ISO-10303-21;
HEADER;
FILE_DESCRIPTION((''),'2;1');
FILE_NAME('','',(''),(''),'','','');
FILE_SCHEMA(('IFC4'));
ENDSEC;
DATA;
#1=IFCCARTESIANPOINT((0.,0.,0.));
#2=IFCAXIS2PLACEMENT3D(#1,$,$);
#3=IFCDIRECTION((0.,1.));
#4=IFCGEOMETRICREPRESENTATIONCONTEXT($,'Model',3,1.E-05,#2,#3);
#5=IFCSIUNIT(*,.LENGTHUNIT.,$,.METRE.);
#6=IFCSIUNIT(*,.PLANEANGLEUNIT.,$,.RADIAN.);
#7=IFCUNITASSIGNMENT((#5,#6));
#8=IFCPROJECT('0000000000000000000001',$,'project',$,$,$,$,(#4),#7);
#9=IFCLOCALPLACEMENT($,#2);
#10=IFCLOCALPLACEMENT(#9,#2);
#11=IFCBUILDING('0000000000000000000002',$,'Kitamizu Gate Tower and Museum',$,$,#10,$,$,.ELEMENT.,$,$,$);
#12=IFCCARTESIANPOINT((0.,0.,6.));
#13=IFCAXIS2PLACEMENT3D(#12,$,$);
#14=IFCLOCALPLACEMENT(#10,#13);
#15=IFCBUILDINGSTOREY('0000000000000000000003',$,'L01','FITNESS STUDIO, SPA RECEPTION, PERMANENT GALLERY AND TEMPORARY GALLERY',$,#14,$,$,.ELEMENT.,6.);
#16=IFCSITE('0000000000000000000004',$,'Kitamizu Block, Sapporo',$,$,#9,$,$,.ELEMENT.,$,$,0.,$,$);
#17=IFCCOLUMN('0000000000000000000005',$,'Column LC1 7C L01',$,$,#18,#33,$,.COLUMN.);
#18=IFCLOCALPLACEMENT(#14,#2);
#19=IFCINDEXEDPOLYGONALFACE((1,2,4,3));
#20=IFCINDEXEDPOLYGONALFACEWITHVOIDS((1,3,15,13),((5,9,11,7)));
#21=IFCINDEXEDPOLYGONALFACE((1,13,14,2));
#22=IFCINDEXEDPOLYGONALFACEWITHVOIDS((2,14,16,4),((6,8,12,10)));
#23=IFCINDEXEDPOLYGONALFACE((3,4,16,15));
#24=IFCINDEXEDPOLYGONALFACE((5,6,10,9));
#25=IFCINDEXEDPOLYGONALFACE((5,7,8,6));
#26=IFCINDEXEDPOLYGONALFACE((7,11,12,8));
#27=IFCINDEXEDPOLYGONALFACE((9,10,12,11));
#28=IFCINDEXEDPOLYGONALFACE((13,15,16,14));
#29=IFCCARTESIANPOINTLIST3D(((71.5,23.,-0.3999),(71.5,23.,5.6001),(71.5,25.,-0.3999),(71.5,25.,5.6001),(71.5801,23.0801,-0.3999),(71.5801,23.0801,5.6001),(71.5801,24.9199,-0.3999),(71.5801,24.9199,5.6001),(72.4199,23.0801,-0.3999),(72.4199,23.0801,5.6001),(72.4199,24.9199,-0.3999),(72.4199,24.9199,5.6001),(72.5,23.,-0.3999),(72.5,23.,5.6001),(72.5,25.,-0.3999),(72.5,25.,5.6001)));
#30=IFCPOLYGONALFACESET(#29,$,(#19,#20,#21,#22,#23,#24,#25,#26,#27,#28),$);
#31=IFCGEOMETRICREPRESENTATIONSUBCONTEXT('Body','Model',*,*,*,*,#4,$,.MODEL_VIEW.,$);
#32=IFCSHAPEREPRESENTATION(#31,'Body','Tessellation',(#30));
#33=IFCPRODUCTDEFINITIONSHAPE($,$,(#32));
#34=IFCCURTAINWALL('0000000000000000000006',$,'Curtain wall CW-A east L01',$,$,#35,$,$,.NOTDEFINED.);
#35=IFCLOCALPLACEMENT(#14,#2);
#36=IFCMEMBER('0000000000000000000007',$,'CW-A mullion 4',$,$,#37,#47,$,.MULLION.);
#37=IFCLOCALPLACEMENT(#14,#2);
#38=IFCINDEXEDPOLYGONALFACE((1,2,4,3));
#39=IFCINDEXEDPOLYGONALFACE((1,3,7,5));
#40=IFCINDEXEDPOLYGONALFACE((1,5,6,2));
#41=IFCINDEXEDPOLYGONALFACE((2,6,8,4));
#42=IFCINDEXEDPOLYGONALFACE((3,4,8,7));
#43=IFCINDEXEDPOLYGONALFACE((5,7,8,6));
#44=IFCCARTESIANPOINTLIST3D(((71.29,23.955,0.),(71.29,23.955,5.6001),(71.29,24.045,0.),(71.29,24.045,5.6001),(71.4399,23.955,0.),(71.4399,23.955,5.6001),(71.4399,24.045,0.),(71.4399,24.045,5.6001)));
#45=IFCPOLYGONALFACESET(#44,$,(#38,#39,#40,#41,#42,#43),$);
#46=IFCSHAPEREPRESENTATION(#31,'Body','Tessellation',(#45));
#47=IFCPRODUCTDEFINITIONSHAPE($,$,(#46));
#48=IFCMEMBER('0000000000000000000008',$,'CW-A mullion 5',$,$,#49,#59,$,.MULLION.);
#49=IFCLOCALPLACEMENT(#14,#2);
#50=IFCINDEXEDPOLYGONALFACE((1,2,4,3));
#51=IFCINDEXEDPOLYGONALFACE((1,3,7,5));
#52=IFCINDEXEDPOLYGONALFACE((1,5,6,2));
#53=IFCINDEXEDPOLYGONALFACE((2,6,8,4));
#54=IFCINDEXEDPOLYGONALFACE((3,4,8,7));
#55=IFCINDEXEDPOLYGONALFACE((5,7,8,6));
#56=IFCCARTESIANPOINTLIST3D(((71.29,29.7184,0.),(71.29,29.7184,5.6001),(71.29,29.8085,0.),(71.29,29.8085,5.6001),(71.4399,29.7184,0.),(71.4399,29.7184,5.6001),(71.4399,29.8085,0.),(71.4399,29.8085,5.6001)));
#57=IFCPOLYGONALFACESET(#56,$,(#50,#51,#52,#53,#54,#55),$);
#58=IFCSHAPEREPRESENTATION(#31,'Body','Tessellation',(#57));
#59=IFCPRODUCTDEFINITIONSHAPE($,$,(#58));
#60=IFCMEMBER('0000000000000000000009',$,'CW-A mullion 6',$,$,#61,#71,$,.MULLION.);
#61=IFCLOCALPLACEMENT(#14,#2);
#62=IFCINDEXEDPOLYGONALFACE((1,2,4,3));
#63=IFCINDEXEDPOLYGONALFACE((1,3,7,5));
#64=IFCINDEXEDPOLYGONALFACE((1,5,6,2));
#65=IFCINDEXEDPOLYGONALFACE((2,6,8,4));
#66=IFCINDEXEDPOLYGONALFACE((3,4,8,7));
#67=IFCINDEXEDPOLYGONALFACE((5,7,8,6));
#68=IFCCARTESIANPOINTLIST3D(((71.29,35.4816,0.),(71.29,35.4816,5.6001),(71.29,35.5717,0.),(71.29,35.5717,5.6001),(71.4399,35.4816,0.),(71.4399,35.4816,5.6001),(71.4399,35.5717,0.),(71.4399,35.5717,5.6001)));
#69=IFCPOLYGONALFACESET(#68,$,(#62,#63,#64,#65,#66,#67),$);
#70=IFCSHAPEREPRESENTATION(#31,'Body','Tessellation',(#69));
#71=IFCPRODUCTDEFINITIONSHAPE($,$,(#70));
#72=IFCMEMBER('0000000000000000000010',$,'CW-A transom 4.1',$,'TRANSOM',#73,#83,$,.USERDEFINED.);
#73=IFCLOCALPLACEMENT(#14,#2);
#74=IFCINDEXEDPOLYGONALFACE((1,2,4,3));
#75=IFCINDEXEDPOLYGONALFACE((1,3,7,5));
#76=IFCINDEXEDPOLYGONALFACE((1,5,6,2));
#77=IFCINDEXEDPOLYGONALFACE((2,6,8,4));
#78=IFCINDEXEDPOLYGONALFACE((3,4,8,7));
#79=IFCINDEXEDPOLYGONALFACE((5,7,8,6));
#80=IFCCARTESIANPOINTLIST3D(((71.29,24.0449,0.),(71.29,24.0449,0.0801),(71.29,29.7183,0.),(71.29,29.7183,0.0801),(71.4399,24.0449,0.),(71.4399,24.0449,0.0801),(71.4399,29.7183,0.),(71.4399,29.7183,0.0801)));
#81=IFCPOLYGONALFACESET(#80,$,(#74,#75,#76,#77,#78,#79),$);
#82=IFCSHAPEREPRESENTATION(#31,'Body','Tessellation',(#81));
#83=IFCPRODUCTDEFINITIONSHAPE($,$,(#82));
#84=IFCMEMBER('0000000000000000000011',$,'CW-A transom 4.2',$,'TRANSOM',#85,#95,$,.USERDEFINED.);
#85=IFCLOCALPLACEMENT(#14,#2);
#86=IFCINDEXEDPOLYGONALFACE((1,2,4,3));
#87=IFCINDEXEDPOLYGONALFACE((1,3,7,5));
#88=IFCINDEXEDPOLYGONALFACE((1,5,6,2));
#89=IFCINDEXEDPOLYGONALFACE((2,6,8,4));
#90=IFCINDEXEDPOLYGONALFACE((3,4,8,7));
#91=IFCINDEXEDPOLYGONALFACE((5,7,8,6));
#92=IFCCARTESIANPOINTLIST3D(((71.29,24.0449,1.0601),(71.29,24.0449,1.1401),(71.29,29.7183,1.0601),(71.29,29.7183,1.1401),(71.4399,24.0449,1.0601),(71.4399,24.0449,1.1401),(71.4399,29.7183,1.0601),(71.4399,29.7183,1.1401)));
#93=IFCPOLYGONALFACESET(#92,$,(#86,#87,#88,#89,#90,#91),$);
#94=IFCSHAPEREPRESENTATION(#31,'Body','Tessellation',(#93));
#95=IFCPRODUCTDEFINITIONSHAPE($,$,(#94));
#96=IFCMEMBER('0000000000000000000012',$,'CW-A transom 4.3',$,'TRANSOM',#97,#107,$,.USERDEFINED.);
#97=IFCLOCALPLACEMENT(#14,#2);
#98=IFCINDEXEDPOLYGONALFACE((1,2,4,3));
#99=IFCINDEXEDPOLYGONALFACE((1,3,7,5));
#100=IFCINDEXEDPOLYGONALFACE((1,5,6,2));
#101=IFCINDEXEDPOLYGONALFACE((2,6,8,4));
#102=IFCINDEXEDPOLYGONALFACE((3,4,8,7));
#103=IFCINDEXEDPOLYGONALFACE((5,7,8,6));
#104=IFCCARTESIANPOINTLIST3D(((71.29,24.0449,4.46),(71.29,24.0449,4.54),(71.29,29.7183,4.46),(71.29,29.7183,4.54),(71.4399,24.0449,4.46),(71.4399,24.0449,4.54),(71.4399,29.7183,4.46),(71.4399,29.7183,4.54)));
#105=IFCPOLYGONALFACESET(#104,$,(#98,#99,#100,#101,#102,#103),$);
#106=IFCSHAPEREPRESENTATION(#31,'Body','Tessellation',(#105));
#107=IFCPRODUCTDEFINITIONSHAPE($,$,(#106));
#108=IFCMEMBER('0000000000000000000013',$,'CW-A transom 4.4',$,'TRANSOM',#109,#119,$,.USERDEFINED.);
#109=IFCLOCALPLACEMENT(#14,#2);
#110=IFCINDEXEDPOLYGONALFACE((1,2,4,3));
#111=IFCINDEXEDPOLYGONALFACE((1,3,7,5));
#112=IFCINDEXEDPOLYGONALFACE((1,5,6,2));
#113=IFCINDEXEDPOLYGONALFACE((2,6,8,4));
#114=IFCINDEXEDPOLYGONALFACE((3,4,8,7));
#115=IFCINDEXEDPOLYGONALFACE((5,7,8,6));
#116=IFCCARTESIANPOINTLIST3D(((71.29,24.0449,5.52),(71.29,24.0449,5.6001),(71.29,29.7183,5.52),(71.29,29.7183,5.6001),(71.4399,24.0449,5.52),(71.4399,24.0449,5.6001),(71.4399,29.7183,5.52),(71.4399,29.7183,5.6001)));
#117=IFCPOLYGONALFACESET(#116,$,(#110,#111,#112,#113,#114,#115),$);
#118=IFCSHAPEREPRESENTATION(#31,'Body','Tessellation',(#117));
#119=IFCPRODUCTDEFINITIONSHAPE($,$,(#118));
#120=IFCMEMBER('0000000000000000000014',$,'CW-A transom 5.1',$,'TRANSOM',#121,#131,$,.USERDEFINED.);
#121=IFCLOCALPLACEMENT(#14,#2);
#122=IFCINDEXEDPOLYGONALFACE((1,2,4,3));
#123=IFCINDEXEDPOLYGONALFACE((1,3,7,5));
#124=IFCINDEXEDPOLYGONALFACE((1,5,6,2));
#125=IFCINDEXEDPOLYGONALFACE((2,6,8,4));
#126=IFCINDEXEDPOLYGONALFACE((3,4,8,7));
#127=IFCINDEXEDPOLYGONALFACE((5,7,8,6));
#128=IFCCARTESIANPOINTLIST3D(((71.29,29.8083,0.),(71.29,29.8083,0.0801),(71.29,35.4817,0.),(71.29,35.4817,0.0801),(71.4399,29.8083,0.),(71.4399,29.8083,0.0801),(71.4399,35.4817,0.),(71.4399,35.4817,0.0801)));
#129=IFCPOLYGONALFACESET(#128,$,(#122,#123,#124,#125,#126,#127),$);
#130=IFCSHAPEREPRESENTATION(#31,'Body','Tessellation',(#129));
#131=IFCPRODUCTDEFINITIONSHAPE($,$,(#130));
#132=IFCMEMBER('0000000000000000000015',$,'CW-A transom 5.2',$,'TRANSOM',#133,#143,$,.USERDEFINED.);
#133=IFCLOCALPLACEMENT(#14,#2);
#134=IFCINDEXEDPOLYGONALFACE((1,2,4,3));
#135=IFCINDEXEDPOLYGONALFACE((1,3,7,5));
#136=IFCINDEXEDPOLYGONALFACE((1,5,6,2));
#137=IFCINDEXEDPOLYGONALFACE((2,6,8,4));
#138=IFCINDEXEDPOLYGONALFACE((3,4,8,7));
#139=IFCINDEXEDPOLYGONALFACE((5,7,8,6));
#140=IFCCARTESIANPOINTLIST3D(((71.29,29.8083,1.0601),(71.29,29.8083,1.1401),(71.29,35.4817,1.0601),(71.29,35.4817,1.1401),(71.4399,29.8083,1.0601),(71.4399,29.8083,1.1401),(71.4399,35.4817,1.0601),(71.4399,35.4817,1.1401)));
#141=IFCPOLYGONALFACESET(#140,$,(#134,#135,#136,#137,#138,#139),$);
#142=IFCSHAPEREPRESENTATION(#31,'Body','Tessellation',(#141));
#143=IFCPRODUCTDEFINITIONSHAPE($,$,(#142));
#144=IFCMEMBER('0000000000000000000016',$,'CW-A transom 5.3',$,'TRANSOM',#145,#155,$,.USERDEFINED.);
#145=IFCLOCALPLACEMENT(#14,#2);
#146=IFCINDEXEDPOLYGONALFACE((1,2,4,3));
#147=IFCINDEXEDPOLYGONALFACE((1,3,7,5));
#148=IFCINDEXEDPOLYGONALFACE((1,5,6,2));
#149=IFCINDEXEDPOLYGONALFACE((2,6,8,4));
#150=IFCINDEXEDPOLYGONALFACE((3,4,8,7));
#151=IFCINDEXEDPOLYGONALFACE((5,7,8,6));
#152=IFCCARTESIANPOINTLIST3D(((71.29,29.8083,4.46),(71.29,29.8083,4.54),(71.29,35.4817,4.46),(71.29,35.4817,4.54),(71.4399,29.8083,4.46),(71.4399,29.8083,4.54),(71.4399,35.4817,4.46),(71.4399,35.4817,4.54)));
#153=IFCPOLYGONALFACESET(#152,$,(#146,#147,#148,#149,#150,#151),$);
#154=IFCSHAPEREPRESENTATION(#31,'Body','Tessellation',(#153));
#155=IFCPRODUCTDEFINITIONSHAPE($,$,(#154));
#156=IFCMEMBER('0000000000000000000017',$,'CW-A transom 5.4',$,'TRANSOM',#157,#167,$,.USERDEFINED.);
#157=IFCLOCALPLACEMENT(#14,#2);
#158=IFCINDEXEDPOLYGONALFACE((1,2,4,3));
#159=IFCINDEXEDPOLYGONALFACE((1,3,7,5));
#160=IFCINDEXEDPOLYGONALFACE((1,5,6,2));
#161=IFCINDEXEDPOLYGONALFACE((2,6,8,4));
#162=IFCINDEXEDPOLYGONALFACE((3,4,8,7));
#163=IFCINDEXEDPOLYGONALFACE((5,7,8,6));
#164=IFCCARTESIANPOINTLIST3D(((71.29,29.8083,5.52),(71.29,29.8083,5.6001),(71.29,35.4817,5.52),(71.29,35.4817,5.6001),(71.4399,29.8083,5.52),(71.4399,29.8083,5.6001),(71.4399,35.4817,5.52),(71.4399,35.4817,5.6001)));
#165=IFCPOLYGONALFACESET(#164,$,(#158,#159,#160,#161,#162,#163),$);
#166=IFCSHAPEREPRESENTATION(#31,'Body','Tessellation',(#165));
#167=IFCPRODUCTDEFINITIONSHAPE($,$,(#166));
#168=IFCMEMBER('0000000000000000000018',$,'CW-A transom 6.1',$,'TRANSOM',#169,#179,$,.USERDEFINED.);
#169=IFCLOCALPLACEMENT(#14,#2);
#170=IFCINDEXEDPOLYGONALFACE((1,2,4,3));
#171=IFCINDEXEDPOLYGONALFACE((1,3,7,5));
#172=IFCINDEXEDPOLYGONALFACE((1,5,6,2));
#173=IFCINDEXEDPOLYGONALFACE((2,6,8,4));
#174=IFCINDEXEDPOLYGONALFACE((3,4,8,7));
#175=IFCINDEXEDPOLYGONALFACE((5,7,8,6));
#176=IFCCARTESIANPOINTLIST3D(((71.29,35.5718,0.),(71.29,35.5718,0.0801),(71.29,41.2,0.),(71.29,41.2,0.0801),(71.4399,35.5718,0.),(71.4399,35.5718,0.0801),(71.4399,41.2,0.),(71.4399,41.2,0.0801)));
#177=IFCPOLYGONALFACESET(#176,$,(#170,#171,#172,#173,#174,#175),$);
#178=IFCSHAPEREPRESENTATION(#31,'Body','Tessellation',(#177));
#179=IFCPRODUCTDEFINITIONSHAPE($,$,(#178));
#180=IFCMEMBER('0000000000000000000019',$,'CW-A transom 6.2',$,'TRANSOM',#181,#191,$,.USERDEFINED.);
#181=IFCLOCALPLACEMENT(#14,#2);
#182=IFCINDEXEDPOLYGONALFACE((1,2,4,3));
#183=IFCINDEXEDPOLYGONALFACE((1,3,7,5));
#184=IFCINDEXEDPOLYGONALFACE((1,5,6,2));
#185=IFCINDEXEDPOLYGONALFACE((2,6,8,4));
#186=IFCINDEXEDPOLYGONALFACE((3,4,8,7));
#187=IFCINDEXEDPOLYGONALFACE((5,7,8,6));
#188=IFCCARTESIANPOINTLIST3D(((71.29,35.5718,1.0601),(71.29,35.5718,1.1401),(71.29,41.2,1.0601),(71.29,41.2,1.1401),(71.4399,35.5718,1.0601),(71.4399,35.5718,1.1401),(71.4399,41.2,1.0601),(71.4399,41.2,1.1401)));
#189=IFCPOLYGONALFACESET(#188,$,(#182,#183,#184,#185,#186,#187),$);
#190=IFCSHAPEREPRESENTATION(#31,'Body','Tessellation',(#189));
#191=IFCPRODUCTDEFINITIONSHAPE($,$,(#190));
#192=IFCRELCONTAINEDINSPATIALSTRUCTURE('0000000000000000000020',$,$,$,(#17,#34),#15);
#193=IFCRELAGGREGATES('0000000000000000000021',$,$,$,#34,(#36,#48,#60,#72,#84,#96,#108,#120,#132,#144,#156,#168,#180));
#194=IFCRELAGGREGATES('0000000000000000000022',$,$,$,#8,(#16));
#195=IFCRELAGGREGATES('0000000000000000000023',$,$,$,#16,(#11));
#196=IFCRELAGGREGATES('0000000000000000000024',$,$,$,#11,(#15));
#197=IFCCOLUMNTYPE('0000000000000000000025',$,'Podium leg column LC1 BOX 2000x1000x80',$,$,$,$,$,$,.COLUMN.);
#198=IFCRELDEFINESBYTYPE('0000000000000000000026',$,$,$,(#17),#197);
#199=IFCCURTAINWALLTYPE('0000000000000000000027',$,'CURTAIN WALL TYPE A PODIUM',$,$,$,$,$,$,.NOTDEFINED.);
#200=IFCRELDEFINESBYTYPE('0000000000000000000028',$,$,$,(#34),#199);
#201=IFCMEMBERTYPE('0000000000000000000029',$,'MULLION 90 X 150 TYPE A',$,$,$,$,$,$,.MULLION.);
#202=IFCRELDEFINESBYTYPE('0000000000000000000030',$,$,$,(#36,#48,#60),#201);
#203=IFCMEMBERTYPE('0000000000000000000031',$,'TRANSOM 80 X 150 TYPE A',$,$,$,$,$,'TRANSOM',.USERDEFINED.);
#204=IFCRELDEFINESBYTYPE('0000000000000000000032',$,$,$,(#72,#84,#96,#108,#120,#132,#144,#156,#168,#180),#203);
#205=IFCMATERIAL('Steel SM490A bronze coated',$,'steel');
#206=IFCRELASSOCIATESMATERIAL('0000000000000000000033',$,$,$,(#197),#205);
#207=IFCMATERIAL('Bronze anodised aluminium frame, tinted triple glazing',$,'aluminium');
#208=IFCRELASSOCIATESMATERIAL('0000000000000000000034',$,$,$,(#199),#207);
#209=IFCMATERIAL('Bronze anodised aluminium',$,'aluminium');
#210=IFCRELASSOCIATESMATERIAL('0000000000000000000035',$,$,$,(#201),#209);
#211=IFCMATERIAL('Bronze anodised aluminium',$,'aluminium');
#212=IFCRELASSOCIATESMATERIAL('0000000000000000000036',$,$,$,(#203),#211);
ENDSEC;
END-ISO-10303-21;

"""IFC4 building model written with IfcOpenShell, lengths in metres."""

from ifc_helpers import new_model, si_unit, direction, frame, origin, origin_2d, place, context, subcontext, project, spatial, rectangle, hollow_rectangle, extrude, material, material_profile, profile_set, type_object, element, aggregate, save


model = new_model("IFC4")

# Units and contexts
model_context = context("Model", 3, precision=1e-05, world=origin(), true_north=direction((0.0, 1.0)))
body_context = subcontext(model_context, "Body", "Model", "MODEL_VIEW")
ifc_project = project(units=[si_unit("LENGTHUNIT", "METRE"), si_unit("PLANEANGLEUNIT", "RADIAN")], contexts=[model_context])

# Site, building, storey
site_placement = place(None, origin())
site = spatial("IfcSite", under=ifc_project, at=site_placement, Name="Kitamizu Block, Sapporo", CompositionType="ELEMENT", RefElevation=0.0)
building_placement = place(site_placement, origin())
building = spatial("IfcBuilding", under=site, at=building_placement, Name="Kitamizu Gate Tower and Museum", CompositionType="ELEMENT")
storey_placement = place(building_placement, frame((0.0, 0.0, 6.0)))
storey = spatial("IfcBuildingStorey", under=building, at=storey_placement, Name="L01", Description="FITNESS STUDIO, SPA RECEPTION, PERMANENT GALLERY AND TEMPORARY GALLERY", CompositionType="ELEMENT", Elevation=6.0)

# Column
ifc_material_1 = material(Name="Steel SM490A bronze coated", Category="steel")
ifc_material_profile_1 = material_profile(ifc_material_1, hollow_rectangle(XDim=2.0, YDim=1.0, WallThickness=0.0801, at=origin_2d()), Name="BOX 2000x1000x80")
ifc_profile_set_1 = profile_set([ifc_material_profile_1], Name="Steel SM490A bronze coated")
column_type = type_object("IfcColumnType", Name="Podium leg column LC1 BOX 2000x1000x80", PredefinedType="COLUMN", material=ifc_profile_set_1)
column_placement = place(storey_placement, frame((72.0, 24.0, -0.3999), z_axis=(0.0, 0.0, 1.0), x_axis=(0.0, 1.0, 0.0)))
element("IfcColumn", 1, at=column_placement, inside=storey, type_object=column_type, Name="Column LC1 7C L01", PredefinedType="COLUMN", context=body_context, shape_type="SweptSolid", body=[
    extrude(hollow_rectangle(XDim=2.0, YDim=1.0, WallThickness=0.0801, at=origin_2d()), origin(), (0.0, 0.0, 1.0), 6.0),
])

# Curtain wall, members
ifc_material_2 = material(Name="Bronze anodised aluminium frame, tinted triple glazing", Category="aluminium")
curtain_wall_type = type_object("IfcCurtainWallType", Name="CURTAIN WALL TYPE A PODIUM", PredefinedType="NOTDEFINED", material=ifc_material_2)
curtain_wall_placement = place(storey_placement, origin())
curtain_wall = element("IfcCurtainWall", 2, at=curtain_wall_placement, inside=storey, type_object=curtain_wall_type, Name="Curtain wall CW-A east L01", PredefinedType="NOTDEFINED")
ifc_material_3 = material(Name="Bronze anodised aluminium", Category="aluminium")
ifc_material_profile_2 = material_profile(ifc_material_3, rectangle(XDim=0.0901, YDim=0.1499, at=origin_2d()), Name="AL 90X150")
ifc_profile_set_2 = profile_set([ifc_material_profile_2], Name="Bronze anodised aluminium")
member_type_1 = type_object("IfcMemberType", Name="MULLION 90 X 150 TYPE A", PredefinedType="MULLION", material=ifc_profile_set_2)
member_1_placement = place(storey_placement, frame((71.365, 24.0, 0.0), z_axis=(0.0, 0.0, 1.0), x_axis=(0.0, 1.0, 0.0)))
member_1 = element("IfcMember", 3, at=member_1_placement, type_object=member_type_1, Name="CW-A mullion 4", PredefinedType="MULLION", context=body_context, shape_type="SweptSolid", body=[
    extrude(rectangle(XDim=0.0901, YDim=0.1499, at=origin_2d()), origin(), (0.0, 0.0, 1.0), 5.6001),
])
member_2_placement = place(storey_placement, frame((71.365, 29.7634, 0.0), z_axis=(0.0, 0.0, 1.0), x_axis=(0.0, 1.0, 0.0)))
member_2 = element("IfcMember", 4, at=member_2_placement, type_object=member_type_1, Name="CW-A mullion 5", PredefinedType="MULLION", context=body_context, shape_type="SweptSolid", body=[
    extrude(rectangle(XDim=0.0901, YDim=0.1499, at=origin_2d()), origin(), (0.0, 0.0, 1.0), 5.6001),
])
member_3_placement = place(storey_placement, frame((71.365, 35.5266, 0.0), z_axis=(0.0, 0.0, 1.0), x_axis=(0.0, 1.0, 0.0)))
member_3 = element("IfcMember", 5, at=member_3_placement, type_object=member_type_1, Name="CW-A mullion 6", PredefinedType="MULLION", context=body_context, shape_type="SweptSolid", body=[
    extrude(rectangle(XDim=0.0901, YDim=0.1499, at=origin_2d()), origin(), (0.0, 0.0, 1.0), 5.6001),
])
ifc_material_4 = material(Name="Bronze anodised aluminium", Category="aluminium")
ifc_material_profile_3 = material_profile(ifc_material_4, rectangle(XDim=0.1499, YDim=0.0801, at=origin_2d()), Name="AL 80X150")
ifc_profile_set_3 = profile_set([ifc_material_profile_3], Name="Bronze anodised aluminium")
member_type_2 = type_object("IfcMemberType", Name="TRANSOM 80 X 150 TYPE A", ElementType="TRANSOM", PredefinedType="USERDEFINED", material=ifc_profile_set_3)
member_4_placement = place(storey_placement, frame((71.365, 24.0449, 0.04), z_axis=(0.0, 1.0, 0.0), x_axis=(-1.0, 0.0, 0.0)))
member_4 = element("IfcMember", 6, at=member_4_placement, type_object=member_type_2, Name="CW-A transom 4.1", ObjectType="TRANSOM", PredefinedType="USERDEFINED", context=body_context, shape_type="SweptSolid", body=[
    extrude(rectangle(XDim=0.1499, YDim=0.0801, at=origin_2d()), origin(), (0.0, 0.0, 1.0), 5.6733),
])
member_5_placement = place(storey_placement, frame((71.365, 24.0449, 1.1001), z_axis=(0.0, 1.0, 0.0), x_axis=(-1.0, 0.0, 0.0)))
member_5 = element("IfcMember", 7, at=member_5_placement, type_object=member_type_2, Name="CW-A transom 4.2", ObjectType="TRANSOM", PredefinedType="USERDEFINED", context=body_context, shape_type="SweptSolid", body=[
    extrude(rectangle(XDim=0.1499, YDim=0.0801, at=origin_2d()), origin(), (0.0, 0.0, 1.0), 5.6733),
])
member_6_placement = place(storey_placement, frame((71.365, 24.0449, 4.5), z_axis=(0.0, 1.0, 0.0), x_axis=(-1.0, 0.0, 0.0)))
member_6 = element("IfcMember", 8, at=member_6_placement, type_object=member_type_2, Name="CW-A transom 4.3", ObjectType="TRANSOM", PredefinedType="USERDEFINED", context=body_context, shape_type="SweptSolid", body=[
    extrude(rectangle(XDim=0.1499, YDim=0.0801, at=origin_2d()), origin(), (0.0, 0.0, 1.0), 5.6733),
])
member_7_placement = place(storey_placement, frame((71.365, 24.0449, 5.5601), z_axis=(0.0, 1.0, 0.0), x_axis=(-1.0, 0.0, 0.0)))
member_7 = element("IfcMember", 9, at=member_7_placement, type_object=member_type_2, Name="CW-A transom 4.4", ObjectType="TRANSOM", PredefinedType="USERDEFINED", context=body_context, shape_type="SweptSolid", body=[
    extrude(rectangle(XDim=0.1499, YDim=0.0801, at=origin_2d()), origin(), (0.0, 0.0, 1.0), 5.6733),
])
member_8_placement = place(storey_placement, frame((71.365, 29.8083, 0.04), z_axis=(0.0, 1.0, 0.0), x_axis=(-1.0, 0.0, 0.0)))
member_8 = element("IfcMember", 10, at=member_8_placement, type_object=member_type_2, Name="CW-A transom 5.1", ObjectType="TRANSOM", PredefinedType="USERDEFINED", context=body_context, shape_type="SweptSolid", body=[
    extrude(rectangle(XDim=0.1499, YDim=0.0801, at=origin_2d()), origin(), (0.0, 0.0, 1.0), 5.6733),
])
member_9_placement = place(storey_placement, frame((71.365, 29.8083, 1.1001), z_axis=(0.0, 1.0, 0.0), x_axis=(-1.0, 0.0, 0.0)))
member_9 = element("IfcMember", 11, at=member_9_placement, type_object=member_type_2, Name="CW-A transom 5.2", ObjectType="TRANSOM", PredefinedType="USERDEFINED", context=body_context, shape_type="SweptSolid", body=[
    extrude(rectangle(XDim=0.1499, YDim=0.0801, at=origin_2d()), origin(), (0.0, 0.0, 1.0), 5.6733),
])
member_10_placement = place(storey_placement, frame((71.365, 29.8083, 4.5), z_axis=(0.0, 1.0, 0.0), x_axis=(-1.0, 0.0, 0.0)))
member_10 = element("IfcMember", 12, at=member_10_placement, type_object=member_type_2, Name="CW-A transom 5.3", ObjectType="TRANSOM", PredefinedType="USERDEFINED", context=body_context, shape_type="SweptSolid", body=[
    extrude(rectangle(XDim=0.1499, YDim=0.0801, at=origin_2d()), origin(), (0.0, 0.0, 1.0), 5.6733),
])
member_11_placement = place(storey_placement, frame((71.365, 29.8083, 5.5601), z_axis=(0.0, 1.0, 0.0), x_axis=(-1.0, 0.0, 0.0)))
member_11 = element("IfcMember", 13, at=member_11_placement, type_object=member_type_2, Name="CW-A transom 5.4", ObjectType="TRANSOM", PredefinedType="USERDEFINED", context=body_context, shape_type="SweptSolid", body=[
    extrude(rectangle(XDim=0.1499, YDim=0.0801, at=origin_2d()), origin(), (0.0, 0.0, 1.0), 5.6733),
])
member_12_placement = place(storey_placement, frame((71.365, 35.5718, 0.04), z_axis=(0.0, 1.0, 0.0), x_axis=(-1.0, 0.0, 0.0)))
member_12 = element("IfcMember", 14, at=member_12_placement, type_object=member_type_2, Name="CW-A transom 6.1", ObjectType="TRANSOM", PredefinedType="USERDEFINED", context=body_context, shape_type="SweptSolid", body=[
    extrude(rectangle(XDim=0.1499, YDim=0.0801, at=origin_2d()), origin(), (0.0, 0.0, 1.0), 5.6282),
])
member_13_placement = place(storey_placement, frame((71.365, 35.5718, 1.1001), z_axis=(0.0, 1.0, 0.0), x_axis=(-1.0, 0.0, 0.0)))
member_13 = element("IfcMember", 15, at=member_13_placement, type_object=member_type_2, Name="CW-A transom 6.2", ObjectType="TRANSOM", PredefinedType="USERDEFINED", context=body_context, shape_type="SweptSolid", body=[
    extrude(rectangle(XDim=0.1499, YDim=0.0801, at=origin_2d()), origin(), (0.0, 0.0, 1.0), 5.6282),
])
aggregate(curtain_wall, [member_1, member_2, member_3, member_4, member_5, member_6, member_7, member_8, member_9, member_10, member_11, member_12, member_13])

save(model, "model.ifc")
